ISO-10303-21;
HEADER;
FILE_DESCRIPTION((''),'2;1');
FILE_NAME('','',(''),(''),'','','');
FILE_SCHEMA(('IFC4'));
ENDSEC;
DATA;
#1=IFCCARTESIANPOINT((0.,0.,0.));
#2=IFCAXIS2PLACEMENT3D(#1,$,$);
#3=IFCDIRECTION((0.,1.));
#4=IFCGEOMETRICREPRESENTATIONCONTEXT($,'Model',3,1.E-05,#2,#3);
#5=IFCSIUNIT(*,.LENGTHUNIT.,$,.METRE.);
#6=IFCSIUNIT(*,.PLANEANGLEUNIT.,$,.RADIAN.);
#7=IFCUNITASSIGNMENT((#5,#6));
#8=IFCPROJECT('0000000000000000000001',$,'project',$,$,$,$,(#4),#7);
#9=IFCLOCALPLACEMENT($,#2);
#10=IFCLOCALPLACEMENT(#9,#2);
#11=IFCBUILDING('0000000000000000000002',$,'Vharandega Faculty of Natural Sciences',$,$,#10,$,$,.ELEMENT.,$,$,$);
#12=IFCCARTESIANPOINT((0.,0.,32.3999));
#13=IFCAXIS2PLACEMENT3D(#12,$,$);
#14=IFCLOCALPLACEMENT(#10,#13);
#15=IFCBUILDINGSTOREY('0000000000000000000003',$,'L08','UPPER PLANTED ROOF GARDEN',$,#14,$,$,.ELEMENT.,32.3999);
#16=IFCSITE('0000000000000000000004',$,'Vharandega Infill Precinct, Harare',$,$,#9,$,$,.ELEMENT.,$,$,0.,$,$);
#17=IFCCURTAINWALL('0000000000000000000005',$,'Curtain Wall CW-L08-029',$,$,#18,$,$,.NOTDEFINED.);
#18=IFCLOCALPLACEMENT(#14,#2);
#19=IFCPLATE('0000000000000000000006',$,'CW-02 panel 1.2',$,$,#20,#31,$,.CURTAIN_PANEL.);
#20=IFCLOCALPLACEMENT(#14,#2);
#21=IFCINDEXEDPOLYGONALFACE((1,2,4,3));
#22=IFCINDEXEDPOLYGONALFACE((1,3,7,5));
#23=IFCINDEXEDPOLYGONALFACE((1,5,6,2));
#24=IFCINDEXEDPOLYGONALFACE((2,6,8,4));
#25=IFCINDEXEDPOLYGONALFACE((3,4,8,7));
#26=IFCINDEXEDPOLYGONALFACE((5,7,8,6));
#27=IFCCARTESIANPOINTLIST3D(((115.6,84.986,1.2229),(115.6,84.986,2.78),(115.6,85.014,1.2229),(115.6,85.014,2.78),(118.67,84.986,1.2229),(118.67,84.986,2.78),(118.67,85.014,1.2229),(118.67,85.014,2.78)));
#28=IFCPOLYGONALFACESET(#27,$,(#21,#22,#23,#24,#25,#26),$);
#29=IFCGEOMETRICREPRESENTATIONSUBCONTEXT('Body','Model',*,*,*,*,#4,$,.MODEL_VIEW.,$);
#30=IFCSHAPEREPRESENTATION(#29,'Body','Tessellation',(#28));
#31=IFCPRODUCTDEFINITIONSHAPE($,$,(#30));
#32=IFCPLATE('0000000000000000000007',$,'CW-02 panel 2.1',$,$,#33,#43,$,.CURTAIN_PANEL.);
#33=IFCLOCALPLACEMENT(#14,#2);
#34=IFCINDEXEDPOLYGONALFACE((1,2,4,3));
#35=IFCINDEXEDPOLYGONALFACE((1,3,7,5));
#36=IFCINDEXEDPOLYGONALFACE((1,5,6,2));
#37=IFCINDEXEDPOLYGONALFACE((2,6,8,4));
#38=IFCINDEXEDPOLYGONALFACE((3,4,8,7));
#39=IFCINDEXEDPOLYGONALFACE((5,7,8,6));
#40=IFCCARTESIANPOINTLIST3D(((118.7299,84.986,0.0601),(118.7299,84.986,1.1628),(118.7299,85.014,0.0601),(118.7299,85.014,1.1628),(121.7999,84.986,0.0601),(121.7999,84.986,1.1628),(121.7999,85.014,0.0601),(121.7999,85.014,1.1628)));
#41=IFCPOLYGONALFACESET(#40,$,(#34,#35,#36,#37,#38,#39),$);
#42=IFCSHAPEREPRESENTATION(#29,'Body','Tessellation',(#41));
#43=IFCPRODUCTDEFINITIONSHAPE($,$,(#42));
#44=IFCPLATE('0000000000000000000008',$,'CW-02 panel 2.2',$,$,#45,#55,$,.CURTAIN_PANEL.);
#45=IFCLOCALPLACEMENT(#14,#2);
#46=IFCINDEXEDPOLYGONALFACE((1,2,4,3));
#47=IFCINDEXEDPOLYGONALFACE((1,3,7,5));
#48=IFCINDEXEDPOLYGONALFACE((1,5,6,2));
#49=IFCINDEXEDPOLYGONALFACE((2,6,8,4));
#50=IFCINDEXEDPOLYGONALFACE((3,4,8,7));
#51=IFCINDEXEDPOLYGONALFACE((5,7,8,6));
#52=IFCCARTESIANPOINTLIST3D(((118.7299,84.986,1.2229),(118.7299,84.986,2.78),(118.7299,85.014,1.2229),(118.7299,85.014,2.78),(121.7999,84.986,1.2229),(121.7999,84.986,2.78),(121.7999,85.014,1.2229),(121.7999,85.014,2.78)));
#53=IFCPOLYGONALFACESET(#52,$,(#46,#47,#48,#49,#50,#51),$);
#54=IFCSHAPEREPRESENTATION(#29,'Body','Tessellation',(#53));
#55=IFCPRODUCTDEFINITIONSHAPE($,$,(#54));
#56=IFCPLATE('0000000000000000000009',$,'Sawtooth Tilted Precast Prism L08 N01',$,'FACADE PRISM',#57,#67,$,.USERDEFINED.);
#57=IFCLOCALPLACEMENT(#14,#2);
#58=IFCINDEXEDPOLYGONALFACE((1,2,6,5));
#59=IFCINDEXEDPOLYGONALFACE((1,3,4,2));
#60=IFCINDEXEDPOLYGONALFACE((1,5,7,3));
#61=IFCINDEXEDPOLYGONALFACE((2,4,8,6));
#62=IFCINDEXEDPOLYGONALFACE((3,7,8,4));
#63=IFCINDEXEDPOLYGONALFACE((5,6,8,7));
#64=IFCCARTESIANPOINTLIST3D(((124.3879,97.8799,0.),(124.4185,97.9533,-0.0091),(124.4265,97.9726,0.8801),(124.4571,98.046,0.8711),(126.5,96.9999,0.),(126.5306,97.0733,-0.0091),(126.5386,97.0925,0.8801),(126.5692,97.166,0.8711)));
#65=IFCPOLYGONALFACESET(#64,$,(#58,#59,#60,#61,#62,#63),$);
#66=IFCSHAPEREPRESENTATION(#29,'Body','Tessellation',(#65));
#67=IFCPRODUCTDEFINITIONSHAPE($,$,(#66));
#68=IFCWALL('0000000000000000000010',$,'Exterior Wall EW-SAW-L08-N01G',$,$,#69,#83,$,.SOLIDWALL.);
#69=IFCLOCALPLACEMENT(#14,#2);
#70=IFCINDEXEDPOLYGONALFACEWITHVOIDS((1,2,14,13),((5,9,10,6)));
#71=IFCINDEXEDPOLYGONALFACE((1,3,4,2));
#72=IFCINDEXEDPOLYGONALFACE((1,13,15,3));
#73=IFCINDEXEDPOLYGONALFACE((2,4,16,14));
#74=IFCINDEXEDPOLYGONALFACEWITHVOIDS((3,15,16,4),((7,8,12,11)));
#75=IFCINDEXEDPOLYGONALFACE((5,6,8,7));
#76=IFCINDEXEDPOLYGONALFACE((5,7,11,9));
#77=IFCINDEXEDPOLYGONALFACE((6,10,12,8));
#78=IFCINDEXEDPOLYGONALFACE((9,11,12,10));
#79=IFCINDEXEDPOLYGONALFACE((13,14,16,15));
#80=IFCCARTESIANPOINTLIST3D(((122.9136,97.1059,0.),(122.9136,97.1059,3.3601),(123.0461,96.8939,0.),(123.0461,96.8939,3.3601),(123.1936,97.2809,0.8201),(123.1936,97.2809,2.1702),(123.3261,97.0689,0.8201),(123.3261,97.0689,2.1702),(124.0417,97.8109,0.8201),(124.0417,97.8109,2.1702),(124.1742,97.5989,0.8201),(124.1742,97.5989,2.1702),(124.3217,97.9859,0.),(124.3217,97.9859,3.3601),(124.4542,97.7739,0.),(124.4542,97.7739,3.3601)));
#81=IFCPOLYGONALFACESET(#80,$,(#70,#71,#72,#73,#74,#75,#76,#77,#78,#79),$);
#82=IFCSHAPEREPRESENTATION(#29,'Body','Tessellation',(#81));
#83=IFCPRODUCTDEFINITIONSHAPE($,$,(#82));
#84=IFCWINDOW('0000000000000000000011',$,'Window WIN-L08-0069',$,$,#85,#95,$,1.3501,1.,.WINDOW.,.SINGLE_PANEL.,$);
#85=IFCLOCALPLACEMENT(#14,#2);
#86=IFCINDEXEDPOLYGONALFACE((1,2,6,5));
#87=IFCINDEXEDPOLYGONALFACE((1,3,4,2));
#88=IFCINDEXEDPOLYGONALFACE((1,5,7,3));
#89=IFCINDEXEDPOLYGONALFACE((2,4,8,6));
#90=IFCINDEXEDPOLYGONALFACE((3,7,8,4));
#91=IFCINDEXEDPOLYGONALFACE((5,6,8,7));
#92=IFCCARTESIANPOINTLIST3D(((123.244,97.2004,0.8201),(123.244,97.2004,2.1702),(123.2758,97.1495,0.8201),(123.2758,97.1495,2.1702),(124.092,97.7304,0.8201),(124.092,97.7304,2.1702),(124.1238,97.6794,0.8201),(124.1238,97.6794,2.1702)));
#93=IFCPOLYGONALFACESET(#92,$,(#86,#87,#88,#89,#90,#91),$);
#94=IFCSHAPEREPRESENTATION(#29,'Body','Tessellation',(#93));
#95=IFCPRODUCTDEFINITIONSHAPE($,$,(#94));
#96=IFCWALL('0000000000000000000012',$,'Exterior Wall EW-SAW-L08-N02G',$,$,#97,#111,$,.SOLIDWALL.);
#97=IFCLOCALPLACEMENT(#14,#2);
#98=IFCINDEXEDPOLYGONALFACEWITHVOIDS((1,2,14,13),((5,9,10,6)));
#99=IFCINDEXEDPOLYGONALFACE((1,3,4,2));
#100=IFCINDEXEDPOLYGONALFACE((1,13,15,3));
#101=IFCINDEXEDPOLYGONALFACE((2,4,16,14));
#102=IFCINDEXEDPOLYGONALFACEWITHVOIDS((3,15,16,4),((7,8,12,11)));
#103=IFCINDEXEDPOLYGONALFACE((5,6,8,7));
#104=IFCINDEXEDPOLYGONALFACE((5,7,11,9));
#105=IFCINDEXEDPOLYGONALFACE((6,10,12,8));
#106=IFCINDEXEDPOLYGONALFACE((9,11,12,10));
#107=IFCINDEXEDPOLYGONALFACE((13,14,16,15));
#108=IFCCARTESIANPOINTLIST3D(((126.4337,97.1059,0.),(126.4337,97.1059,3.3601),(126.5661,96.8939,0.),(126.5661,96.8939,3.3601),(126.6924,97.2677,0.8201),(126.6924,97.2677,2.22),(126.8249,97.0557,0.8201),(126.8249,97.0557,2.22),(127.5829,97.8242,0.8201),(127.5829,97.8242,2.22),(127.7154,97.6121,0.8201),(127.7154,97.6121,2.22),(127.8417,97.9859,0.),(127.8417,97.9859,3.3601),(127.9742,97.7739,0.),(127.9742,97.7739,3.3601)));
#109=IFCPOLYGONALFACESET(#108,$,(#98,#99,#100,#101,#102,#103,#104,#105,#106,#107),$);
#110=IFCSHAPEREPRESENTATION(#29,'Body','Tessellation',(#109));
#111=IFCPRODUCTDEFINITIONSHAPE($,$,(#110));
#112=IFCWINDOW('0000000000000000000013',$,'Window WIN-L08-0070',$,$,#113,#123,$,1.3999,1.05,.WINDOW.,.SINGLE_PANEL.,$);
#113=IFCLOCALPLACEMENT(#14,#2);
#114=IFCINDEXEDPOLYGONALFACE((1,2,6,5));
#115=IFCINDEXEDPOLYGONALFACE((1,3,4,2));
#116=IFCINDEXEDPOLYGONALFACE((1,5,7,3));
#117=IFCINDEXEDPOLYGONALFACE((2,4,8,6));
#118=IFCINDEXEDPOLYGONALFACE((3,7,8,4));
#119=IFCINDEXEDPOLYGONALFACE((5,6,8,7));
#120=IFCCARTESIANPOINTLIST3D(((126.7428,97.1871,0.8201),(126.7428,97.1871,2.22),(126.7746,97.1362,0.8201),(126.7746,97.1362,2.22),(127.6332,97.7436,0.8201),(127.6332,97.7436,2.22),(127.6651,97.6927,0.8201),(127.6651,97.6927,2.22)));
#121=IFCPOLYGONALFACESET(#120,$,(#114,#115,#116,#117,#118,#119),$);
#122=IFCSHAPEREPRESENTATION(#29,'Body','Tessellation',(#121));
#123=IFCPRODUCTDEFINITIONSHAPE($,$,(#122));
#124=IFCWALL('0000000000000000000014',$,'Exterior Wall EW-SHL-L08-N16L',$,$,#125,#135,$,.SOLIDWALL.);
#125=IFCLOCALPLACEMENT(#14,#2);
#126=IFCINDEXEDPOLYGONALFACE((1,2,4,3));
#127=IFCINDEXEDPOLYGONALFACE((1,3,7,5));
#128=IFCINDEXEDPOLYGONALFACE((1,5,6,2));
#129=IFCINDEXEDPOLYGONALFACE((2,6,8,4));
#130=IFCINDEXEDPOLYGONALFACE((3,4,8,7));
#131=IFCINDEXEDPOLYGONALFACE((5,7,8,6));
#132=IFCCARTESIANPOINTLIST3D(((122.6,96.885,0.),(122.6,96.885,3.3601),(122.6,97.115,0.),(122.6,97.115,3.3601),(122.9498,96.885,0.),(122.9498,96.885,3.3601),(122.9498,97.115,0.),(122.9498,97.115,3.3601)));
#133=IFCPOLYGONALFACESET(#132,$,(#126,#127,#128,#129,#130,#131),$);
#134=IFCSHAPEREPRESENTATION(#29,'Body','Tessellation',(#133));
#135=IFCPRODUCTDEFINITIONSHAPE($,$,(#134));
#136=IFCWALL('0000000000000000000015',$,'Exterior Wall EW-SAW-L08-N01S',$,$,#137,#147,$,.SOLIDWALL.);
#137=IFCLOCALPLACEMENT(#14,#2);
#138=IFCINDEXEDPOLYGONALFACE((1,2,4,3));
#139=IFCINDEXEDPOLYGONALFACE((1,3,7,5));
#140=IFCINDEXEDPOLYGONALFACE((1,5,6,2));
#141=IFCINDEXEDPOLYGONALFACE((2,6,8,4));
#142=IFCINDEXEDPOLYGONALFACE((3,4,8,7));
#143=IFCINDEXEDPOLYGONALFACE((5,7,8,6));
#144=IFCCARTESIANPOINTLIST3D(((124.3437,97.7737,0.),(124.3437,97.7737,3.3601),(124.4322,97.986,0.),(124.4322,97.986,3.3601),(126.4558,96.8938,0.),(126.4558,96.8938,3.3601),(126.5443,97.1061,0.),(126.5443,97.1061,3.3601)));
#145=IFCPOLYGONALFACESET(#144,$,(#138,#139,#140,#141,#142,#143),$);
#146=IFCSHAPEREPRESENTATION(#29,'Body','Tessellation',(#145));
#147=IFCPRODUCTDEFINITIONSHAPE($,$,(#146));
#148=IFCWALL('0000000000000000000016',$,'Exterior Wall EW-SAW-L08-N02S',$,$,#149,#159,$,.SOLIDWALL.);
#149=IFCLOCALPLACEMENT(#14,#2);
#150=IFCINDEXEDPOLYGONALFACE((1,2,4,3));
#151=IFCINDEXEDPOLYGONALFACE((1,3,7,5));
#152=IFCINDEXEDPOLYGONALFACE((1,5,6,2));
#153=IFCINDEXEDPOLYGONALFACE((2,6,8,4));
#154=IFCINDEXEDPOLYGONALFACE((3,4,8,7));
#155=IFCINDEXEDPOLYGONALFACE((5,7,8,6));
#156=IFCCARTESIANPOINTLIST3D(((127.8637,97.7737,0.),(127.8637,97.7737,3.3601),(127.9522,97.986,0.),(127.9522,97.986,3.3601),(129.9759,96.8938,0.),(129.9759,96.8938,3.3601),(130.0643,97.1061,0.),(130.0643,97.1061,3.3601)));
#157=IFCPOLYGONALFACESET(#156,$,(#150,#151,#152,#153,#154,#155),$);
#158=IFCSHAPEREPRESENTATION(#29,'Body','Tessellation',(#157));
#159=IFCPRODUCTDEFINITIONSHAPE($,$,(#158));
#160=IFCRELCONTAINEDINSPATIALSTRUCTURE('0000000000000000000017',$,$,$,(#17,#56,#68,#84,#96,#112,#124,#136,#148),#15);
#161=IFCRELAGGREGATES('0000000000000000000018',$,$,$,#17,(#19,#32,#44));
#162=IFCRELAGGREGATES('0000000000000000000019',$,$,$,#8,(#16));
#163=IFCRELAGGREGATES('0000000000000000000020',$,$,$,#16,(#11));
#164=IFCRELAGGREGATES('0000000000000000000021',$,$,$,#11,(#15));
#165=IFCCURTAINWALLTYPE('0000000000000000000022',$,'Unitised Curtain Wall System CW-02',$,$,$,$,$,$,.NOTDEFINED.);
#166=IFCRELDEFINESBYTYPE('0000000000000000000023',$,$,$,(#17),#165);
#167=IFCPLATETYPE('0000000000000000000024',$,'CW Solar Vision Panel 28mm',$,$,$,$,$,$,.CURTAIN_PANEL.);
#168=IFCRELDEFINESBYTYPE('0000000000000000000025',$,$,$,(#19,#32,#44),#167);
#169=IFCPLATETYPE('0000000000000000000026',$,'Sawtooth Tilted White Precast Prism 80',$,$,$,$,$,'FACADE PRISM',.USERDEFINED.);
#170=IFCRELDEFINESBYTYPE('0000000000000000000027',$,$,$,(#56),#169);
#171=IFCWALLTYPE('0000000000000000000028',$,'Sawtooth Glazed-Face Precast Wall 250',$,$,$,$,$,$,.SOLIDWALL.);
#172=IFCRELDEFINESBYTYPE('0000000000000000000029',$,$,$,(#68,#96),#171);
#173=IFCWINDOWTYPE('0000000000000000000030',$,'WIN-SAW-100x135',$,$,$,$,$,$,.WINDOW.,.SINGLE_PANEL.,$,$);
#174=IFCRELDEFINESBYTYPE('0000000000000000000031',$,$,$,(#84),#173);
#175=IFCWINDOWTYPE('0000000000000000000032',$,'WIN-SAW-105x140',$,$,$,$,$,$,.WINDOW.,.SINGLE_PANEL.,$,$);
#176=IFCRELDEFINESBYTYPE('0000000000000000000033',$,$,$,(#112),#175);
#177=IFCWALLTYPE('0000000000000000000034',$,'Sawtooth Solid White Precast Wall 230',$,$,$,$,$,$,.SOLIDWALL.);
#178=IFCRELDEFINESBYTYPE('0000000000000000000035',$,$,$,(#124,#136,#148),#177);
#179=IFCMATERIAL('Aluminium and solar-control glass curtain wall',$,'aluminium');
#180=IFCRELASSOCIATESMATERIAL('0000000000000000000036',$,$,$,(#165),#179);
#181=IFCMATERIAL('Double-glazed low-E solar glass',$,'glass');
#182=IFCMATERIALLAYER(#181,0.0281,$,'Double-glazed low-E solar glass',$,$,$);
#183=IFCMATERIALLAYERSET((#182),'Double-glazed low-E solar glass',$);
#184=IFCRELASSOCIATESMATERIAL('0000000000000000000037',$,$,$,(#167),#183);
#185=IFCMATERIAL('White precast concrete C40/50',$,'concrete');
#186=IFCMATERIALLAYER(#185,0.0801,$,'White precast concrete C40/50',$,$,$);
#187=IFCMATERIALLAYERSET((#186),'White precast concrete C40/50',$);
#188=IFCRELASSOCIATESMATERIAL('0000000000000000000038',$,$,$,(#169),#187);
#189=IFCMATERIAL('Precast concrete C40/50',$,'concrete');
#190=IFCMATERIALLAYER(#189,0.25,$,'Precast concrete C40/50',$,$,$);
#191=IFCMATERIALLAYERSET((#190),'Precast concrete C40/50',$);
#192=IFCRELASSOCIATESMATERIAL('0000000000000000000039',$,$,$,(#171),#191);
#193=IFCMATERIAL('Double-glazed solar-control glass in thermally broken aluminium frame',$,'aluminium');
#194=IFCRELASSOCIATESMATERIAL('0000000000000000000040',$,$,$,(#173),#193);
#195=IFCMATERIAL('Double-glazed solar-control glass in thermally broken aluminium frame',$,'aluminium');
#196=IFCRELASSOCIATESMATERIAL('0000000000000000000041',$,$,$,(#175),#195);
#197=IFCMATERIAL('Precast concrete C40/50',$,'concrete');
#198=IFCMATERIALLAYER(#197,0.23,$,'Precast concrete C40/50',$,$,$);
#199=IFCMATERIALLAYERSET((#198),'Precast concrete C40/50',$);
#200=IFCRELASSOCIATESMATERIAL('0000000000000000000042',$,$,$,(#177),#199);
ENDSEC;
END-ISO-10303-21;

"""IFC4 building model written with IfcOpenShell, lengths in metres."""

from ifc_helpers import new_model, si_unit, direction, frame, frame_2d, origin, origin_2d, place, context, subcontext, project, spatial, polyline, rectangle, outline, extrude, material, layer, layer_set, type_object, element, fill, aggregate, save


model = new_model("IFC4")

# Units and contexts
model_context = context("Model", 3, precision=1e-05, world=origin(), true_north=direction((0.0, 1.0)))
body_context = subcontext(model_context, "Body", "Model", "MODEL_VIEW")
ifc_project = project(units=[si_unit("LENGTHUNIT", "METRE"), si_unit("PLANEANGLEUNIT", "RADIAN")], contexts=[model_context])

# Site, building, storey
site_placement = place(None, origin())
site = spatial("IfcSite", under=ifc_project, at=site_placement, Name="Vharandega Infill Precinct, Harare", CompositionType="ELEMENT", RefElevation=0.0)
building_placement = place(site_placement, origin())
building = spatial("IfcBuilding", under=site, at=building_placement, Name="Vharandega Faculty of Natural Sciences", CompositionType="ELEMENT")
storey_placement = place(building_placement, frame((0.0, 0.0, 32.3999)))
storey = spatial("IfcBuildingStorey", under=building, at=storey_placement, Name="L08", Description="UPPER PLANTED ROOF GARDEN", CompositionType="ELEMENT", Elevation=32.3999)

# Curtain wall
ifc_material_1 = material(Name="Aluminium and solar-control glass curtain wall", Category="aluminium")
curtain_wall_type = type_object("IfcCurtainWallType", Name="Unitised Curtain Wall System CW-02", PredefinedType="NOTDEFINED", material=ifc_material_1)
curtain_wall_placement = place(storey_placement, origin())
curtain_wall = element("IfcCurtainWall", 1, at=curtain_wall_placement, inside=storey, type_object=curtain_wall_type, Name="Curtain Wall CW-L08-029", PredefinedType="NOTDEFINED")

# Plates
ifc_material_2 = material(Name="Double-glazed low-E solar glass", Category="glass")
ifc_layer_1 = layer(ifc_material_2, 0.0281, Name="Double-glazed low-E solar glass")
ifc_layer_set_1 = layer_set([ifc_layer_1], Name="Double-glazed low-E solar glass")
plate_type_1 = type_object("IfcPlateType", Name="CW Solar Vision Panel 28mm", PredefinedType="CURTAIN_PANEL", material=ifc_layer_set_1)
plate_1_placement = place(storey_placement, frame((117.135, 85.0, 1.2229), z_axis=(0.0, 0.0, 1.0), x_axis=(1.0, 0.0, 0.0)))
plate_1 = element("IfcPlate", 2, at=plate_1_placement, type_object=plate_type_1, Name="CW-02 panel 1.2", PredefinedType="CURTAIN_PANEL", context=body_context, shape_type="SweptSolid", body=[
    extrude(rectangle(XDim=3.0701, YDim=0.0281, at=origin_2d()), origin(), (0.0, 0.0, 1.0), 1.5571),
])
plate_2_placement = place(storey_placement, frame((120.2649, 85.0, 0.0601), z_axis=(0.0, 0.0, 1.0), x_axis=(1.0, 0.0, 0.0)))
plate_2 = element("IfcPlate", 3, at=plate_2_placement, type_object=plate_type_1, Name="CW-02 panel 2.1", PredefinedType="CURTAIN_PANEL", context=body_context, shape_type="SweptSolid", body=[
    extrude(rectangle(XDim=3.0701, YDim=0.0281, at=origin_2d()), origin(), (0.0, 0.0, 1.0), 1.1028),
])
plate_3_placement = place(storey_placement, frame((120.2649, 85.0, 1.2229), z_axis=(0.0, 0.0, 1.0), x_axis=(1.0, 0.0, 0.0)))
plate_3 = element("IfcPlate", 4, at=plate_3_placement, type_object=plate_type_1, Name="CW-02 panel 2.2", PredefinedType="CURTAIN_PANEL", context=body_context, shape_type="SweptSolid", body=[
    extrude(rectangle(XDim=3.0701, YDim=0.0281, at=origin_2d()), origin(), (0.0, 0.0, 1.0), 1.5571),
])
aggregate(curtain_wall, [plate_1, plate_2, plate_3])
ifc_material_3 = material(Name="White precast concrete C40/50", Category="concrete")
ifc_layer_2 = layer(ifc_material_3, 0.0801, Name="White precast concrete C40/50")
ifc_layer_set_2 = layer_set([ifc_layer_2], Name="White precast concrete C40/50")
plate_type_2 = type_object("IfcPlateType", Name="Sawtooth Tilted White Precast Prism 80", ElementType="FACADE PRISM", PredefinedType="USERDEFINED", material=ifc_layer_set_2)
plate_4_placement = place(storey_placement, frame((124.3879, 97.8799, 0.0), z_axis=(-0.382131, -0.917137, 0.113295), x_axis=(0.043497, 0.104613, 0.993561)))
element("IfcPlate", 5, at=plate_4_placement, inside=storey, type_object=plate_type_2, Name="Sawtooth Tilted Precast Prism L08 N01", ObjectType="FACADE PRISM", PredefinedType="USERDEFINED", context=body_context, shape_type="SweptSolid", body=[
    extrude(outline(polyline([(0.0, 0.0), (0.8858, 0.0), (0.8856, -2.2881), (-0.0002, -2.288), (0.0, 0.0)])), origin(), (0.0, 0.0, -1.0), 0.0801),
])

# Walls, openings, windows
ifc_material_4 = material(Name="Precast concrete C40/50", Category="concrete")
ifc_layer_3 = layer(ifc_material_4, 0.25, Name="Precast concrete C40/50")
ifc_layer_set_3 = layer_set([ifc_layer_3], Name="Precast concrete C40/50")
wall_type_1 = type_object("IfcWallType", Name="Sawtooth Glazed-Face Precast Wall 250", PredefinedType="SOLIDWALL", material=ifc_layer_set_3)
wall_1_placement = place(storey_placement, frame((122.98, 97.0, 0.0), z_axis=(0.0, 0.0, 1.0), x_axis=(0.848023, 0.529959, 0.0)))
wall_1 = element("IfcWall", 6, at=wall_1_placement, inside=storey, type_object=wall_type_1, Name="Exterior Wall EW-SAW-L08-N01G", PredefinedType="SOLIDWALL", context=body_context, shape_type="SweptSolid", body=[
    extrude(rectangle(XDim=1.6604, YDim=0.25, at=frame_2d((0.8301, 0.0))), origin(), (0.0, 0.0, 1.0), 3.3601),
])
opening_1_placement = place(wall_1_placement, frame((0.3301, 0.0, 0.8201)))
opening_1 = element("IfcOpeningElement", 7, at=opening_1_placement, cuts=wall_1, PredefinedType="OPENING", context=body_context, shape_type="SweptSolid", body=[
    extrude(rectangle(XDim=1.0, YDim=1.3501, at=frame_2d((0.5, 0.675))), frame((0.0, 0.135, 0.0), z_axis=(0.0, -1.0, 0.0), x_axis=(1.0, 0.0, 0.0)), (0.0, 0.0, 1.0), 0.27),
])
ifc_material_5 = material(Name="Double-glazed solar-control glass in thermally broken aluminium frame", Category="aluminium")
window_type_1 = type_object("IfcWindowType", Name="WIN-SAW-100x135", PartitioningType="SINGLE_PANEL", PredefinedType="WINDOW", material=ifc_material_5)
window_1_placement = place(opening_1_placement, origin())
window_1 = element("IfcWindow", 8, at=window_1_placement, inside=storey, type_object=window_type_1, Name="Window WIN-L08-0069", OverallHeight=1.3501, OverallWidth=1.0, PartitioningType="SINGLE_PANEL", PredefinedType="WINDOW", context=body_context, shape_type="SweptSolid", body=[
    extrude(rectangle(XDim=1.0, YDim=1.3501, at=frame_2d((0.5, 0.675))), frame((0.0, 0.03, 0.0), z_axis=(0.0, -1.0, 0.0), x_axis=(1.0, 0.0, 0.0)), (0.0, 0.0, 1.0), 0.0601),
])
fill(opening_1, window_1)
wall_2_placement = place(storey_placement, frame((126.5, 97.0, 0.0), z_axis=(0.0, 0.0, 1.0), x_axis=(0.848023, 0.529959, 0.0)))
wall_2 = element("IfcWall", 9, at=wall_2_placement, inside=storey, type_object=wall_type_1, Name="Exterior Wall EW-SAW-L08-N02G", PredefinedType="SOLIDWALL", context=body_context, shape_type="SweptSolid", body=[
    extrude(rectangle(XDim=1.6604, YDim=0.25, at=frame_2d((0.8301, 0.0))), origin(), (0.0, 0.0, 1.0), 3.3601),
])
opening_2_placement = place(wall_2_placement, frame((0.3052, 0.0, 0.8201)))
opening_2 = element("IfcOpeningElement", 10, at=opening_2_placement, cuts=wall_2, PredefinedType="OPENING", context=body_context, shape_type="SweptSolid", body=[
    extrude(rectangle(XDim=1.05, YDim=1.3999, at=frame_2d((0.5249, 0.7))), frame((0.0, 0.135, 0.0), z_axis=(0.0, -1.0, 0.0), x_axis=(1.0, 0.0, 0.0)), (0.0, 0.0, 1.0), 0.27),
])
ifc_material_6 = material(Name="Double-glazed solar-control glass in thermally broken aluminium frame", Category="aluminium")
window_type_2 = type_object("IfcWindowType", Name="WIN-SAW-105x140", PartitioningType="SINGLE_PANEL", PredefinedType="WINDOW", material=ifc_material_6)
window_2_placement = place(opening_2_placement, origin())
window_2 = element("IfcWindow", 11, at=window_2_placement, inside=storey, type_object=window_type_2, Name="Window WIN-L08-0070", OverallHeight=1.3999, OverallWidth=1.05, PartitioningType="SINGLE_PANEL", PredefinedType="WINDOW", context=body_context, shape_type="SweptSolid", body=[
    extrude(rectangle(XDim=1.05, YDim=1.3999, at=frame_2d((0.5249, 0.7))), frame((0.0, 0.03, 0.0), z_axis=(0.0, -1.0, 0.0), x_axis=(1.0, 0.0, 0.0)), (0.0, 0.0, 1.0), 0.0601),
])
fill(opening_2, window_2)

# Walls
ifc_material_7 = material(Name="Precast concrete C40/50", Category="concrete")
ifc_layer_4 = layer(ifc_material_7, 0.23, Name="Precast concrete C40/50")
ifc_layer_set_4 = layer_set([ifc_layer_4], Name="Precast concrete C40/50")
wall_type_2 = type_object("IfcWallType", Name="Sawtooth Solid White Precast Wall 230", PredefinedType="SOLIDWALL", material=ifc_layer_set_4)
wall_3_placement = place(storey_placement, frame((122.6001, 97.0, 0.0), z_axis=(0.0, 0.0, 1.0), x_axis=(1.0, 0.0, 0.0)))
element("IfcWall", 12, at=wall_3_placement, inside=storey, type_object=wall_type_2, Name="Exterior Wall EW-SHL-L08-N16L", PredefinedType="SOLIDWALL", context=body_context, shape_type="SweptSolid", body=[
    extrude(rectangle(XDim=0.3499, YDim=0.23, at=frame_2d((0.1748, 0.0))), origin(), (0.0, 0.0, 1.0), 3.3601),
])
for number, where, z_axis, x_axis, name in (
    (13, (124.3879, 97.8799, 0.0), (0.0, 0.0, 1.0), (0.923099, -0.384562, 0.0), "Exterior Wall EW-SAW-L08-N01S"),
    (14, (127.908, 97.8799, 0.0), (0.0, 0.0, 1.0), (0.923099, -0.384562, 0.0), "Exterior Wall EW-SAW-L08-N02S"),
):
    element("IfcWall", number, at=place(storey_placement, frame(where, z_axis=z_axis, x_axis=x_axis)), inside=storey, type_object=wall_type_2, Name=name, PredefinedType="SOLIDWALL", context=body_context, shape_type="SweptSolid", body=[
        extrude(rectangle(XDim=2.2881, YDim=0.23, at=frame_2d((1.144, 0.0))), origin(), (0.0, 0.0, 1.0), 3.3601),
    ])

save(model, "model.ifc")
